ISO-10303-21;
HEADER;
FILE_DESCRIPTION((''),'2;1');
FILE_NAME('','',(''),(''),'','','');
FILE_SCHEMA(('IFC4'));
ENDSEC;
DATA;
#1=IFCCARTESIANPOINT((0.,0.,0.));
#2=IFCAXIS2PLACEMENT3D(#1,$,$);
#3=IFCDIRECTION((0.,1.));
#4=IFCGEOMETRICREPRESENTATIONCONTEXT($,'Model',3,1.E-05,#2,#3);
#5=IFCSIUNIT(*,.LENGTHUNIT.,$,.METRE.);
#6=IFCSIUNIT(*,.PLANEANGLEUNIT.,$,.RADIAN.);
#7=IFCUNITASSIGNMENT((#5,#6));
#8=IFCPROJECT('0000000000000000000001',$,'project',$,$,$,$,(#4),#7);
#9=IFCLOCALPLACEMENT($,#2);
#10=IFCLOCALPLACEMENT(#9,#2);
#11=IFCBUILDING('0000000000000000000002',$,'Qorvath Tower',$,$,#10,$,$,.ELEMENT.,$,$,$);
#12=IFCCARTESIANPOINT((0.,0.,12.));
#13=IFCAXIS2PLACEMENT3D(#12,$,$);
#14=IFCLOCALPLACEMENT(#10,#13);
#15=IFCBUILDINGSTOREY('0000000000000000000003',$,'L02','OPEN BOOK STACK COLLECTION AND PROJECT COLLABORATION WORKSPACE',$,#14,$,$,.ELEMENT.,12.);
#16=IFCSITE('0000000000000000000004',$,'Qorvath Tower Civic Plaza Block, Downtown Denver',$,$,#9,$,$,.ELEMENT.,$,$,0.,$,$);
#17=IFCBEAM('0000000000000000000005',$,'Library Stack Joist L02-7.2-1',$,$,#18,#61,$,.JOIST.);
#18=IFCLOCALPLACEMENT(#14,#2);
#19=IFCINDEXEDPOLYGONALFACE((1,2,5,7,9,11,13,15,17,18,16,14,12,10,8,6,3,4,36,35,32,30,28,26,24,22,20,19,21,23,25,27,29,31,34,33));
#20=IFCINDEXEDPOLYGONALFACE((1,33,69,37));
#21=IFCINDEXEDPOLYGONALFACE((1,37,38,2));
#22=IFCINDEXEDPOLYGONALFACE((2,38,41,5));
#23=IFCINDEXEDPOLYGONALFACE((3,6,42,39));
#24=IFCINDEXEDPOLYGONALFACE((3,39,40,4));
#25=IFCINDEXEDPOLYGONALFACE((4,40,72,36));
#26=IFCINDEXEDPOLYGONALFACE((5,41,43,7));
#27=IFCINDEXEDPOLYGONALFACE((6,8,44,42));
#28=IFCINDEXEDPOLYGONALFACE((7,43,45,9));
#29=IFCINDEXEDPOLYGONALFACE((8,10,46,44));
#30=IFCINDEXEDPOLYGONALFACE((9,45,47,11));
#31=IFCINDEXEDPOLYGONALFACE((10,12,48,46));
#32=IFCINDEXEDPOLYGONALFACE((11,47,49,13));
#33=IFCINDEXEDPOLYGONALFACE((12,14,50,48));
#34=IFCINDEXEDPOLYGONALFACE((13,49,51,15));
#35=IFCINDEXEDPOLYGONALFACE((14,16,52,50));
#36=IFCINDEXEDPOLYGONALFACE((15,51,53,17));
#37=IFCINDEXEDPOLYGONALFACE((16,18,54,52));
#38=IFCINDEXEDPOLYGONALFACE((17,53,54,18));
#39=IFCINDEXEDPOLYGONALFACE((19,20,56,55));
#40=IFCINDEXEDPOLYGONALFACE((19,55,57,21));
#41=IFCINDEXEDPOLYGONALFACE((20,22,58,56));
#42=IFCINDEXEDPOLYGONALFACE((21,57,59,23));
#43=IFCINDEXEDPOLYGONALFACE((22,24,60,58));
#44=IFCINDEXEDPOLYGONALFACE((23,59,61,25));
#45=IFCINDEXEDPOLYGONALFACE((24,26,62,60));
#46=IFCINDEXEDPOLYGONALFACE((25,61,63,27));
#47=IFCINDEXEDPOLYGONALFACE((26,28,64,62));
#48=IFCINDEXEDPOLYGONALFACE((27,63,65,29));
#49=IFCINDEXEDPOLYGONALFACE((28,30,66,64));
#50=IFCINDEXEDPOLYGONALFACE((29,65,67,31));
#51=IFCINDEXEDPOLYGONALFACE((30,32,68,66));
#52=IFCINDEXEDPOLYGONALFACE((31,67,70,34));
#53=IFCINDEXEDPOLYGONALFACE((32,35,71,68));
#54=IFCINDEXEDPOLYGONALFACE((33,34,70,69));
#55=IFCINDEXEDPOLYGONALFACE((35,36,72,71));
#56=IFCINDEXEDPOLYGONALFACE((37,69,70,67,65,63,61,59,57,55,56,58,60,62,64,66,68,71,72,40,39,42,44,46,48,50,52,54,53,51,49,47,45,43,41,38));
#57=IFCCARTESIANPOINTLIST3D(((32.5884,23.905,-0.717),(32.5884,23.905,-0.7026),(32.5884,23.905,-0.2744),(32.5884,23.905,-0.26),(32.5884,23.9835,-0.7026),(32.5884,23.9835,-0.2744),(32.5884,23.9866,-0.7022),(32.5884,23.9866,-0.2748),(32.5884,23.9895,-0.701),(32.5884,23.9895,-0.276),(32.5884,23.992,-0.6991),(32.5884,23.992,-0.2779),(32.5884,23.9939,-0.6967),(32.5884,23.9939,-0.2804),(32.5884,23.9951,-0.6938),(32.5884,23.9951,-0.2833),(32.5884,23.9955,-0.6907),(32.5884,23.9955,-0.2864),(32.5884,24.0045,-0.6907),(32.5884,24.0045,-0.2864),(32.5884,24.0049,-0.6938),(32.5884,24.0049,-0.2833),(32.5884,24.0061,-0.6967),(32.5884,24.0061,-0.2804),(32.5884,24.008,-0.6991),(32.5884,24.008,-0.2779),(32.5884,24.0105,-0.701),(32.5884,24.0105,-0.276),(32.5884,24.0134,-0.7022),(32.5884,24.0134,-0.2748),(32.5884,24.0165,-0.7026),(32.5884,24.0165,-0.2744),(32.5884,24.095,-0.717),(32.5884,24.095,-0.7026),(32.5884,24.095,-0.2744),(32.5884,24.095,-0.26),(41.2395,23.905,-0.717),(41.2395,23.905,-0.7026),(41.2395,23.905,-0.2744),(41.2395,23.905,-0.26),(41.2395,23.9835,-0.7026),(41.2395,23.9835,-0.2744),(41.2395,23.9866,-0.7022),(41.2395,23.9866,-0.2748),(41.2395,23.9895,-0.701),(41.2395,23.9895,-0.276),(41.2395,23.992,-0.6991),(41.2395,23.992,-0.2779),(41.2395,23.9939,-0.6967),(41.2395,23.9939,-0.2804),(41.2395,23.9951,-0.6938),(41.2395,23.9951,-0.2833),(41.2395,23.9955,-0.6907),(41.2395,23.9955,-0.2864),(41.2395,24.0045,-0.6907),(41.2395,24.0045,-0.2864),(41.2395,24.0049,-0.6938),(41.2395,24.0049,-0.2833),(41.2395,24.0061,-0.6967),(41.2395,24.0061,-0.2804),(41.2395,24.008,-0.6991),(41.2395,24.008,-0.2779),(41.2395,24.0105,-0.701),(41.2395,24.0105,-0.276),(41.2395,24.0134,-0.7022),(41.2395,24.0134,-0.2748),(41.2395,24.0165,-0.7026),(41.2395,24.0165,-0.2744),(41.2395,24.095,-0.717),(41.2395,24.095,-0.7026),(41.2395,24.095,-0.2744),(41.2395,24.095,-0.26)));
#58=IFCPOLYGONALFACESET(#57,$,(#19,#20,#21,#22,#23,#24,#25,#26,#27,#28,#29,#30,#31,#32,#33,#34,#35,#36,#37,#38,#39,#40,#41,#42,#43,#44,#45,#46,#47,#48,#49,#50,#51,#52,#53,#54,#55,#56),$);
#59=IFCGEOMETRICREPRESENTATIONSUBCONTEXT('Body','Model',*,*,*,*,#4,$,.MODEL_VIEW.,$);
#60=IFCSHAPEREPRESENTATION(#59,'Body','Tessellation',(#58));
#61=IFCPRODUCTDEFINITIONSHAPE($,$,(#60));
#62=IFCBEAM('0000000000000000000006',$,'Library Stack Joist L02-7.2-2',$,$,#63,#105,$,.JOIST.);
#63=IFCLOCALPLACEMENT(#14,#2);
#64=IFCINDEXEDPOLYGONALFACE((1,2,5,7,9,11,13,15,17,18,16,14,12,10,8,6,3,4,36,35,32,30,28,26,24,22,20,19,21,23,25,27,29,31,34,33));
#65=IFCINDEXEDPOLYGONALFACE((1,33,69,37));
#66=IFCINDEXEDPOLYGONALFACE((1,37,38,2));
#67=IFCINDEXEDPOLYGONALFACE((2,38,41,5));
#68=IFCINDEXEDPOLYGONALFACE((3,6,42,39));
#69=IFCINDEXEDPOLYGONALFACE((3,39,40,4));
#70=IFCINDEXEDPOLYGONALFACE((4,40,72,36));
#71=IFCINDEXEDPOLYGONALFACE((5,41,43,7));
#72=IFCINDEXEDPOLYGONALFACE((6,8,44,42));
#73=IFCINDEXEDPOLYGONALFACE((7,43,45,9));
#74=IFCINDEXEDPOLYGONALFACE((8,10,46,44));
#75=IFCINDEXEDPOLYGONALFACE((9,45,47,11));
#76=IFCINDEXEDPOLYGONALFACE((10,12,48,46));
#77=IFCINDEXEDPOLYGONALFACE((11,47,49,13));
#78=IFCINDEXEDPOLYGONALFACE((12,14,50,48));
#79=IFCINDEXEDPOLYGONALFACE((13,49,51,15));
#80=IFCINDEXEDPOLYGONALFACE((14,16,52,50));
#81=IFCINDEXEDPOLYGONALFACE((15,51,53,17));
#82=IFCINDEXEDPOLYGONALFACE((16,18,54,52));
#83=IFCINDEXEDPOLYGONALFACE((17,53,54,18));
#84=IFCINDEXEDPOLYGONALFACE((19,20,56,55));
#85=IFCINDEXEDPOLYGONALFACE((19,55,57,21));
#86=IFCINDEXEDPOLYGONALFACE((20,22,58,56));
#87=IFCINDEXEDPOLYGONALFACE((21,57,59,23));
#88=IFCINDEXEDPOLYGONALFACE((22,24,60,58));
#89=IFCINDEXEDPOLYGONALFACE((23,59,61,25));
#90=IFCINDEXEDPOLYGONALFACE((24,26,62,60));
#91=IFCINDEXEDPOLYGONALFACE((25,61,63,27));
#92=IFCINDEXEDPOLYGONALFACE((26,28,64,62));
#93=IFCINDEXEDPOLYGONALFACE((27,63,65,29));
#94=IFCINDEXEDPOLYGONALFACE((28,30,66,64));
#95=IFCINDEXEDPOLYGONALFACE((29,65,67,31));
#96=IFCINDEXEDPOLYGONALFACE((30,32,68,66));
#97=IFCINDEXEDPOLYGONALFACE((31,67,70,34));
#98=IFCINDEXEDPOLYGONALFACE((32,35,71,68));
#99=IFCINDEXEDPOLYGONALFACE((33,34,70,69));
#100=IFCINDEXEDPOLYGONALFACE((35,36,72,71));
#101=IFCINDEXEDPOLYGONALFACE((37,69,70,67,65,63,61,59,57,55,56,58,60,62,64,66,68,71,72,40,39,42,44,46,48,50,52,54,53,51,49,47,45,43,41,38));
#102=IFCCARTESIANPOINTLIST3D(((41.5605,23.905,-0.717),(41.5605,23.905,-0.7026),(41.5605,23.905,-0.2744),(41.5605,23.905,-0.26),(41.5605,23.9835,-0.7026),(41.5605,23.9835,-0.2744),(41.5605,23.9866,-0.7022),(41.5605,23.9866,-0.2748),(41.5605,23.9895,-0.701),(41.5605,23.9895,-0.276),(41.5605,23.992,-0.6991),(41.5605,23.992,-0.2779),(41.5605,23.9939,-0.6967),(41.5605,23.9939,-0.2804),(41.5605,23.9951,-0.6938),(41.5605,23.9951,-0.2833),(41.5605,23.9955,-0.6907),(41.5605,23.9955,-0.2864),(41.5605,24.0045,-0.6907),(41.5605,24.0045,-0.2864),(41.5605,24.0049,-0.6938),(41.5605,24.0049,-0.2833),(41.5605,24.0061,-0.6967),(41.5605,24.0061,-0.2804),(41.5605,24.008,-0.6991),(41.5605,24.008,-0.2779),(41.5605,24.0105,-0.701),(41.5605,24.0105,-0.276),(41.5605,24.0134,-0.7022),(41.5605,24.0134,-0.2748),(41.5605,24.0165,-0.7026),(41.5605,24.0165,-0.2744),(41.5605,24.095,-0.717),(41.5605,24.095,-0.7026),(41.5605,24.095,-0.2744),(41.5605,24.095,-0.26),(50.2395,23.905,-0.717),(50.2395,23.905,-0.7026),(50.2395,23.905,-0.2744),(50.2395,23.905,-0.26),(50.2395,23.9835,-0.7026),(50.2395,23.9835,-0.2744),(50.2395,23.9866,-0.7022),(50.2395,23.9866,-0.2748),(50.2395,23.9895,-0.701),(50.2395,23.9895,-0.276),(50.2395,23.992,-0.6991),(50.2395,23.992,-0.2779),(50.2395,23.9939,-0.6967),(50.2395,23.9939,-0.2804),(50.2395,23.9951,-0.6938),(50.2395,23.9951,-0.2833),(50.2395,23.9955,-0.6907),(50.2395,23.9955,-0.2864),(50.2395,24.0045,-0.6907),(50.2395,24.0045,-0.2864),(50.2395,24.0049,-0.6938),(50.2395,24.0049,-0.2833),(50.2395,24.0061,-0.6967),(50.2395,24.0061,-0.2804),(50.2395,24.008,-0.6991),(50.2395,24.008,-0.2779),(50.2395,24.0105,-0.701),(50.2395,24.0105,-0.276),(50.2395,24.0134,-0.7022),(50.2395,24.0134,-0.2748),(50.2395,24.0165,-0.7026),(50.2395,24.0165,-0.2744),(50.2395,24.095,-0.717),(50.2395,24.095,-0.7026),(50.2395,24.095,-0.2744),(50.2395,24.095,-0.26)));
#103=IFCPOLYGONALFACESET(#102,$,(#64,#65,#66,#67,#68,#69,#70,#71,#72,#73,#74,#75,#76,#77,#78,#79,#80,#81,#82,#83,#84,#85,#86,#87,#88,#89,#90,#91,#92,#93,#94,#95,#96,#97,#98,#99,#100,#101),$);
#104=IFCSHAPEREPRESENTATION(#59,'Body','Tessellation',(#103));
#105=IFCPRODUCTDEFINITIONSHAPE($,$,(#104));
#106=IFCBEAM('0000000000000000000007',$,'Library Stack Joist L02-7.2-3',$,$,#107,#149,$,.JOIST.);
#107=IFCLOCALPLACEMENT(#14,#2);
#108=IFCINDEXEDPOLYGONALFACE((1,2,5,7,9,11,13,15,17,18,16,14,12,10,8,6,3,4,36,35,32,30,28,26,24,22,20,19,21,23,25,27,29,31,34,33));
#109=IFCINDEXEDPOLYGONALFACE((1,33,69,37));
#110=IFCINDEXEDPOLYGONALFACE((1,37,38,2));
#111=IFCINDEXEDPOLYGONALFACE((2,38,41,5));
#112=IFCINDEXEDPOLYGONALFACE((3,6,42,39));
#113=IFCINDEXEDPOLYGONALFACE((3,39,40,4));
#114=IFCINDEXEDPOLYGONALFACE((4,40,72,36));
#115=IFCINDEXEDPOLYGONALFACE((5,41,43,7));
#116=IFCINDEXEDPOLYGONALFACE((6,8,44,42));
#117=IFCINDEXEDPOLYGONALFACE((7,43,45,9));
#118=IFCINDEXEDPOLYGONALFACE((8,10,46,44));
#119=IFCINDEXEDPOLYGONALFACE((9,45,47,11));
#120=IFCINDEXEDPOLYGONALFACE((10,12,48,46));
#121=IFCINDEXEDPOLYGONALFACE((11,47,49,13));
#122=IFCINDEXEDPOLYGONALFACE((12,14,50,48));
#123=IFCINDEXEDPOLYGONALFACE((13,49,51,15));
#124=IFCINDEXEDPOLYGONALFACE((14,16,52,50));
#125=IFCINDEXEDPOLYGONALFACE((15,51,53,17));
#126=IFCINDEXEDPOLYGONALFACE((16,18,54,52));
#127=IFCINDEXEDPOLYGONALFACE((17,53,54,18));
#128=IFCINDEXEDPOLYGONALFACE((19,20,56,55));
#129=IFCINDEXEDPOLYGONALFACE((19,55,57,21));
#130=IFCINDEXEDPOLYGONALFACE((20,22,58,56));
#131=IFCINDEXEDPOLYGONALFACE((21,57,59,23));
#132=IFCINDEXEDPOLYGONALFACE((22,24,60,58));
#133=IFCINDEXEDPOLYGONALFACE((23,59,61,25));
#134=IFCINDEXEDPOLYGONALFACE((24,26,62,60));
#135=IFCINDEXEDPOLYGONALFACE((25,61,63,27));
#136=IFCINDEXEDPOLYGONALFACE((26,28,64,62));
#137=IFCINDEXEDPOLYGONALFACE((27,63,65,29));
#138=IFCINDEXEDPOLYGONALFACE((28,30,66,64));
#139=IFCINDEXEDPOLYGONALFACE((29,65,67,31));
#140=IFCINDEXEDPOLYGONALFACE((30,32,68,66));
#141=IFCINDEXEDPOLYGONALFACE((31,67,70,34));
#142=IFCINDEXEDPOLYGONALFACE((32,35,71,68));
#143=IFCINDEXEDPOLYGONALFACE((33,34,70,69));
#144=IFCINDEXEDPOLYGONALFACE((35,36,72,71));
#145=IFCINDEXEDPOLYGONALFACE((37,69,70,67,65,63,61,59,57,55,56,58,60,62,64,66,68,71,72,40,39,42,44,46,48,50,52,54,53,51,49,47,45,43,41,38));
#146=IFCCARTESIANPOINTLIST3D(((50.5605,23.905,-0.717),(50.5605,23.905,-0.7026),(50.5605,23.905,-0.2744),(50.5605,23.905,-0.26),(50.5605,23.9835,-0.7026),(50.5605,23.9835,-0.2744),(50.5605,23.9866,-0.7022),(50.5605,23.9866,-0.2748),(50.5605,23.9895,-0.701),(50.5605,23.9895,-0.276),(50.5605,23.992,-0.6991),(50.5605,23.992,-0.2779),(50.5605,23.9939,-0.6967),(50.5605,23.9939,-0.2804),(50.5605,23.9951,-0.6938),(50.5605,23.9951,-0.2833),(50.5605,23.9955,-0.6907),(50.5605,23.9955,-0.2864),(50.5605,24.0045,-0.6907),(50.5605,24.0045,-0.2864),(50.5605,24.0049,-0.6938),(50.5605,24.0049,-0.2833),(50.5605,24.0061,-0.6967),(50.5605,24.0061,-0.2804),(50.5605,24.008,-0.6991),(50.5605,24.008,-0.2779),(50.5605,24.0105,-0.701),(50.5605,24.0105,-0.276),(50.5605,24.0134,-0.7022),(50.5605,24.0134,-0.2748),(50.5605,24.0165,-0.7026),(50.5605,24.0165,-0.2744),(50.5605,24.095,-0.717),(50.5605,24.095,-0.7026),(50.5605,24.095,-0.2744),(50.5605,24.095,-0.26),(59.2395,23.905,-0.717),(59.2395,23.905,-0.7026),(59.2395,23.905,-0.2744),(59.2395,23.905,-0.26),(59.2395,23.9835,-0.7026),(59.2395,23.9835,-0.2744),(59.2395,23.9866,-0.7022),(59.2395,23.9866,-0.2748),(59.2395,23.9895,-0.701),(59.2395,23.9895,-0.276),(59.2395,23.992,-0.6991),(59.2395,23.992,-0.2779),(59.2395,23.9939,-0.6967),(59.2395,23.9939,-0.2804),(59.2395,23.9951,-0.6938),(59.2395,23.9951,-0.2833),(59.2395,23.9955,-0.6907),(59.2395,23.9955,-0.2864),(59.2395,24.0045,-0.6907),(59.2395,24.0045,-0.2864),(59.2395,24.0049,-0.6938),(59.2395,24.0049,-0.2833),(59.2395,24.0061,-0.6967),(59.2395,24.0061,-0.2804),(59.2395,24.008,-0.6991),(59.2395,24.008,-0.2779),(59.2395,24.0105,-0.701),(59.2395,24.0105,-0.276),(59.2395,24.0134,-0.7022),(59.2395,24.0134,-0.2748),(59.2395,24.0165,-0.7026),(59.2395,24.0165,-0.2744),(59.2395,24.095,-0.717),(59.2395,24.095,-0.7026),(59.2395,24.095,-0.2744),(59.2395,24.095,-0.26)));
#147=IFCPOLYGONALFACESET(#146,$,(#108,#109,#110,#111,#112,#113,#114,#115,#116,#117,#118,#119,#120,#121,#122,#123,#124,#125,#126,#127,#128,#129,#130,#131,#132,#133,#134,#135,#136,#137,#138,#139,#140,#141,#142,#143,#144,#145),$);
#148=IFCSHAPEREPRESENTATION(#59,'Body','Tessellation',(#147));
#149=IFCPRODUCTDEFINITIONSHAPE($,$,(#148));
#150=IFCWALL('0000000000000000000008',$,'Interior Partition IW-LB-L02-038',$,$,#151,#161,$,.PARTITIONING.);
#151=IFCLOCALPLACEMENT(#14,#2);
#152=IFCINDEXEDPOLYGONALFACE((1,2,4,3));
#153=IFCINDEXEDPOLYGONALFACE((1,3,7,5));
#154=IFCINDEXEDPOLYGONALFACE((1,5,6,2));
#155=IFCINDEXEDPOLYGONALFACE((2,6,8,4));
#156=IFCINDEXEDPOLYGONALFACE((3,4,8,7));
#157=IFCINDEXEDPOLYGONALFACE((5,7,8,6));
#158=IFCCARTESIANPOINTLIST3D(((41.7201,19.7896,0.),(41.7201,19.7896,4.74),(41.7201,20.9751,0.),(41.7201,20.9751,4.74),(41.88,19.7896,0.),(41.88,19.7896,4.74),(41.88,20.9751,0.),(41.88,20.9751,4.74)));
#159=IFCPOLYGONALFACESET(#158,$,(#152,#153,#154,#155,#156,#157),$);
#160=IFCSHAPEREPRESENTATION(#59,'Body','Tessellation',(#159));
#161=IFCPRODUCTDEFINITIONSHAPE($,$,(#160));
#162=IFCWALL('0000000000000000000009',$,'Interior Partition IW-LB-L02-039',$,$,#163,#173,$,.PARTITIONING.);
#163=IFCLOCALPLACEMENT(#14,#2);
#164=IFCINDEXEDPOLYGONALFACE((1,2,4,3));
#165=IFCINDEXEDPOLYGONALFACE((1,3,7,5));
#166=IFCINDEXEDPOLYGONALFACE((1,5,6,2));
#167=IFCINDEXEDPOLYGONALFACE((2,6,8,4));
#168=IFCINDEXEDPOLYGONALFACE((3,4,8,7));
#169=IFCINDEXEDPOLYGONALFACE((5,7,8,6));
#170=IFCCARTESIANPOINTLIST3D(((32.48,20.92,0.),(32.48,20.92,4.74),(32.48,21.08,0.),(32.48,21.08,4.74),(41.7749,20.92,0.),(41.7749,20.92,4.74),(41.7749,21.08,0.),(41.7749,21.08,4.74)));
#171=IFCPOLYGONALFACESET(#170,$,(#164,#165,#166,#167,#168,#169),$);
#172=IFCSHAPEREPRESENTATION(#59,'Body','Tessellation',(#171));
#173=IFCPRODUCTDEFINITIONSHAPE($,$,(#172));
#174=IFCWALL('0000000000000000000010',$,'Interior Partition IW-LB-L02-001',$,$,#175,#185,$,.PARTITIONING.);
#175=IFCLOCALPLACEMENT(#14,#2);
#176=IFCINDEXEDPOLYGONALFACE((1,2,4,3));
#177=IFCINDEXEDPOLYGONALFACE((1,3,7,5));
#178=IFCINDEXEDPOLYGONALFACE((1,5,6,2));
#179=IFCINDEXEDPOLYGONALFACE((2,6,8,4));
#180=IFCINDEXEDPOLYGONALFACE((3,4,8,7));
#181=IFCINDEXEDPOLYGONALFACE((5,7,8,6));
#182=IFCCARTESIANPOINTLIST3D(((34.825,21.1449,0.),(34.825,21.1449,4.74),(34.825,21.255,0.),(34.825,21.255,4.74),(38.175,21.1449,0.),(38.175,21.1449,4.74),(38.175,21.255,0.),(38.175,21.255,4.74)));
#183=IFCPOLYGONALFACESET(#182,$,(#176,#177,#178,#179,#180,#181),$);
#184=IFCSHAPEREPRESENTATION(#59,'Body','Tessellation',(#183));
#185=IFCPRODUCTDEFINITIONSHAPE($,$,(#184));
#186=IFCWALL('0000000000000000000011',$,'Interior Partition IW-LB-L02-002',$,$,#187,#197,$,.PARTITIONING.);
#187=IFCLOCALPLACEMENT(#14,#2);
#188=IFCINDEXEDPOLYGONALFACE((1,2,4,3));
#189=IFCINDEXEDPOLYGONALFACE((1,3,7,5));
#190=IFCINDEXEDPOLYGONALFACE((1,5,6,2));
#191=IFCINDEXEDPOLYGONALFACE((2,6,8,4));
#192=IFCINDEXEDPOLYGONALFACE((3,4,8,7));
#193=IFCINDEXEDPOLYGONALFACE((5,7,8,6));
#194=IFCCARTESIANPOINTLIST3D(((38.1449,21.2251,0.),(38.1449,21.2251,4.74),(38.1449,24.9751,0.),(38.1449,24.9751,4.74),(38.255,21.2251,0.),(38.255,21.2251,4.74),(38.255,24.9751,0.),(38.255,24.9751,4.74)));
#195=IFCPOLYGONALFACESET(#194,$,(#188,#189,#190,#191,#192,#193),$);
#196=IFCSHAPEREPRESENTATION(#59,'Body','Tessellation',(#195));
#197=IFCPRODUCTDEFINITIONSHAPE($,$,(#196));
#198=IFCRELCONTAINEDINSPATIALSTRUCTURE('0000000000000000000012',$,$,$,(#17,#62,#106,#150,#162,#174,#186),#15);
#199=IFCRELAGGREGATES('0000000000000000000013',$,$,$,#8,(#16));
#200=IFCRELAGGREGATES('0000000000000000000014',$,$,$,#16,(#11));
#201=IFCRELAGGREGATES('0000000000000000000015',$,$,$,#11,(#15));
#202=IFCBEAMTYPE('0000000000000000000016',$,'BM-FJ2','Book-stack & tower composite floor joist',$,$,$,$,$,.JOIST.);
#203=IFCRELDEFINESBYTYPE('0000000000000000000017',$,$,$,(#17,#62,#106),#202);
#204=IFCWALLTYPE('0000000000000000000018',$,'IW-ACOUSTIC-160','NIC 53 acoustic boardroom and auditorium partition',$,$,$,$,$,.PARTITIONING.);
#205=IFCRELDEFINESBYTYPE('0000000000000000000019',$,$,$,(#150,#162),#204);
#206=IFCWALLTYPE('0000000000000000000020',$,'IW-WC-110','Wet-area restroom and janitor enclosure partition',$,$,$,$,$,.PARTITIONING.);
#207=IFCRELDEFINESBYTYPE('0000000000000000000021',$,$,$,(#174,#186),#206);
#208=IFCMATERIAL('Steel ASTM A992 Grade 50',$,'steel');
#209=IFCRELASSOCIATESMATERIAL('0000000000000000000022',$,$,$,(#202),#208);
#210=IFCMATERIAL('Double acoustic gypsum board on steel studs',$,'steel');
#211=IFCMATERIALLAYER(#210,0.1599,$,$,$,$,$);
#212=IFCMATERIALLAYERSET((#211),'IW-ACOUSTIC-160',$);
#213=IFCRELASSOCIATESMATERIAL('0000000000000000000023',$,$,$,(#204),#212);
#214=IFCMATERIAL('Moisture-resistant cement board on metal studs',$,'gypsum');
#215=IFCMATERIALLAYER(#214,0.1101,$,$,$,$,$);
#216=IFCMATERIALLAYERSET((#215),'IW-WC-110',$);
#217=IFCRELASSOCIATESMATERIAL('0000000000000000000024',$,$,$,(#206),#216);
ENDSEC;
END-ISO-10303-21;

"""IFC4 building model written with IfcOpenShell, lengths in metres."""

from ifc_helpers import new_model, si_unit, direction, frame, frame_2d, origin, origin_2d, place, context, subcontext, project, spatial, rectangle, i_section, extrude, material, layer, layer_set, material_profile, profile_set, type_object, element, save


model = new_model("IFC4")

# Units and contexts
model_context = context("Model", 3, precision=1e-05, world=origin(), true_north=direction((0.0, 1.0)))
body_context = subcontext(model_context, "Body", "Model", "MODEL_VIEW")
ifc_project = project(units=[si_unit("LENGTHUNIT", "METRE"), si_unit("PLANEANGLEUNIT", "RADIAN")], contexts=[model_context])

# Site, building, storey
site_placement = place(None, origin())
site = spatial("IfcSite", under=ifc_project, at=site_placement, Name="Qorvath Tower Civic Plaza Block, Downtown Denver", CompositionType="ELEMENT", RefElevation=0.0)
building_placement = place(site_placement, origin())
building = spatial("IfcBuilding", under=site, at=building_placement, Name="Qorvath Tower", CompositionType="ELEMENT")
storey_placement = place(building_placement, frame((0.0, 0.0, 12.0)))
storey = spatial("IfcBuildingStorey", under=building, at=storey_placement, Name="L02", Description="OPEN BOOK STACK COLLECTION AND PROJECT COLLABORATION WORKSPACE", CompositionType="ELEMENT", Elevation=12.0)

# Beams
ifc_material_1 = material(Name="Steel ASTM A992 Grade 50", Category="steel")
ifc_material_profile_1 = material_profile(ifc_material_1, i_section(OverallWidth=0.1899, OverallDepth=0.457, WebThickness=0.009, FlangeThickness=0.0144, FilletRadius=0.012, at=origin_2d()), Name="W18x50")
ifc_profile_set_1 = profile_set([ifc_material_profile_1], Name="Steel ASTM A992 Grade 50")
beam_type_1 = type_object("IfcBeamType", Name="BM-FJ2", Description="Book-stack & tower composite floor joist", PredefinedType="JOIST", material=ifc_profile_set_1)
beam_1_placement = place(storey_placement, frame((32.5884, 24.0, -0.4885), z_axis=(1.0, 0.0, 0.0), x_axis=(0.0, 1.0, 0.0)))
element("IfcBeam", 1, at=beam_1_placement, inside=storey, type_object=beam_type_1, Name="Library Stack Joist L02-7.2-1", PredefinedType="JOIST", context=body_context, shape_type="SweptSolid", body=[
    extrude(i_section(OverallWidth=0.1899, OverallDepth=0.457, WebThickness=0.009, FlangeThickness=0.0144, FilletRadius=0.012, at=origin_2d()), origin(), (0.0, 0.0, 1.0), 8.6511),
])
for number, where, z_axis, x_axis, name in (
    (2, (41.5605, 24.0, -0.4885), (1.0, 0.0, 0.0), (0.0, 1.0, 0.0), "Library Stack Joist L02-7.2-2"),
    (3, (50.5605, 24.0, -0.4885), (1.0, 0.0, 0.0), (0.0, 1.0, 0.0), "Library Stack Joist L02-7.2-3"),
):
    element("IfcBeam", number, at=place(storey_placement, frame(where, z_axis=z_axis, x_axis=x_axis)), inside=storey, type_object=beam_type_1, Name=name, PredefinedType="JOIST", context=body_context, shape_type="SweptSolid", body=[
        extrude(i_section(OverallWidth=0.1899, OverallDepth=0.457, WebThickness=0.009, FlangeThickness=0.0144, FilletRadius=0.012, at=origin_2d()), origin(), (0.0, 0.0, 1.0), 8.679),
    ])

# Walls
ifc_material_2 = material(Name="Double acoustic gypsum board on steel studs", Category="steel")
ifc_layer_1 = layer(ifc_material_2, 0.1599)
ifc_layer_set_1 = layer_set([ifc_layer_1], Name="IW-ACOUSTIC-160")
wall_type_1 = type_object("IfcWallType", Name="IW-ACOUSTIC-160", Description="NIC 53 acoustic boardroom and auditorium partition", PredefinedType="PARTITIONING", material=ifc_layer_set_1)
wall_1_placement = place(storey_placement, frame((41.8, 19.7896, 0.0), z_axis=(0.0, 0.0, 1.0), x_axis=(0.0, 1.0, 0.0)))
element("IfcWall", 4, at=wall_1_placement, inside=storey, type_object=wall_type_1, Name="Interior Partition IW-LB-L02-038", PredefinedType="PARTITIONING", context=body_context, shape_type="SweptSolid", body=[
    extrude(rectangle(XDim=1.1855, YDim=0.1599, at=frame_2d((0.5928, 0.0))), origin(), (0.0, 0.0, 1.0), 4.74),
])
wall_2_placement = place(storey_placement, frame((41.7749, 21.0, 0.0), z_axis=(0.0, 0.0, 1.0), x_axis=(-1.0, 0.0, 0.0)))
element("IfcWall", 5, at=wall_2_placement, inside=storey, type_object=wall_type_1, Name="Interior Partition IW-LB-L02-039", PredefinedType="PARTITIONING", context=body_context, shape_type="SweptSolid", body=[
    extrude(rectangle(XDim=9.2949, YDim=0.1599, at=frame_2d((4.6475, 0.0))), origin(), (0.0, 0.0, 1.0), 4.74),
])
ifc_material_3 = material(Name="Moisture-resistant cement board on metal studs", Category="gypsum")
ifc_layer_2 = layer(ifc_material_3, 0.1101)
ifc_layer_set_2 = layer_set([ifc_layer_2], Name="IW-WC-110")
wall_type_2 = type_object("IfcWallType", Name="IW-WC-110", Description="Wet-area restroom and janitor enclosure partition", PredefinedType="PARTITIONING", material=ifc_layer_set_2)
wall_3_placement = place(storey_placement, frame((34.825, 21.2, 0.0), z_axis=(0.0, 0.0, 1.0), x_axis=(1.0, 0.0, 0.0)))
element("IfcWall", 6, at=wall_3_placement, inside=storey, type_object=wall_type_2, Name="Interior Partition IW-LB-L02-001", PredefinedType="PARTITIONING", context=body_context, shape_type="SweptSolid", body=[
    extrude(rectangle(XDim=3.3501, YDim=0.1101, at=frame_2d((1.675, 0.0))), origin(), (0.0, 0.0, 1.0), 4.74),
])
wall_4_placement = place(storey_placement, frame((38.2, 21.2251, 0.0), z_axis=(0.0, 0.0, 1.0), x_axis=(0.0, 1.0, 0.0)))
element("IfcWall", 7, at=wall_4_placement, inside=storey, type_object=wall_type_2, Name="Interior Partition IW-LB-L02-002", PredefinedType="PARTITIONING", context=body_context, shape_type="SweptSolid", body=[
    extrude(rectangle(XDim=3.75, YDim=0.1101, at=frame_2d((1.875, 0.0))), origin(), (0.0, 0.0, 1.0), 4.74),
])

save(model, "model.ifc")
